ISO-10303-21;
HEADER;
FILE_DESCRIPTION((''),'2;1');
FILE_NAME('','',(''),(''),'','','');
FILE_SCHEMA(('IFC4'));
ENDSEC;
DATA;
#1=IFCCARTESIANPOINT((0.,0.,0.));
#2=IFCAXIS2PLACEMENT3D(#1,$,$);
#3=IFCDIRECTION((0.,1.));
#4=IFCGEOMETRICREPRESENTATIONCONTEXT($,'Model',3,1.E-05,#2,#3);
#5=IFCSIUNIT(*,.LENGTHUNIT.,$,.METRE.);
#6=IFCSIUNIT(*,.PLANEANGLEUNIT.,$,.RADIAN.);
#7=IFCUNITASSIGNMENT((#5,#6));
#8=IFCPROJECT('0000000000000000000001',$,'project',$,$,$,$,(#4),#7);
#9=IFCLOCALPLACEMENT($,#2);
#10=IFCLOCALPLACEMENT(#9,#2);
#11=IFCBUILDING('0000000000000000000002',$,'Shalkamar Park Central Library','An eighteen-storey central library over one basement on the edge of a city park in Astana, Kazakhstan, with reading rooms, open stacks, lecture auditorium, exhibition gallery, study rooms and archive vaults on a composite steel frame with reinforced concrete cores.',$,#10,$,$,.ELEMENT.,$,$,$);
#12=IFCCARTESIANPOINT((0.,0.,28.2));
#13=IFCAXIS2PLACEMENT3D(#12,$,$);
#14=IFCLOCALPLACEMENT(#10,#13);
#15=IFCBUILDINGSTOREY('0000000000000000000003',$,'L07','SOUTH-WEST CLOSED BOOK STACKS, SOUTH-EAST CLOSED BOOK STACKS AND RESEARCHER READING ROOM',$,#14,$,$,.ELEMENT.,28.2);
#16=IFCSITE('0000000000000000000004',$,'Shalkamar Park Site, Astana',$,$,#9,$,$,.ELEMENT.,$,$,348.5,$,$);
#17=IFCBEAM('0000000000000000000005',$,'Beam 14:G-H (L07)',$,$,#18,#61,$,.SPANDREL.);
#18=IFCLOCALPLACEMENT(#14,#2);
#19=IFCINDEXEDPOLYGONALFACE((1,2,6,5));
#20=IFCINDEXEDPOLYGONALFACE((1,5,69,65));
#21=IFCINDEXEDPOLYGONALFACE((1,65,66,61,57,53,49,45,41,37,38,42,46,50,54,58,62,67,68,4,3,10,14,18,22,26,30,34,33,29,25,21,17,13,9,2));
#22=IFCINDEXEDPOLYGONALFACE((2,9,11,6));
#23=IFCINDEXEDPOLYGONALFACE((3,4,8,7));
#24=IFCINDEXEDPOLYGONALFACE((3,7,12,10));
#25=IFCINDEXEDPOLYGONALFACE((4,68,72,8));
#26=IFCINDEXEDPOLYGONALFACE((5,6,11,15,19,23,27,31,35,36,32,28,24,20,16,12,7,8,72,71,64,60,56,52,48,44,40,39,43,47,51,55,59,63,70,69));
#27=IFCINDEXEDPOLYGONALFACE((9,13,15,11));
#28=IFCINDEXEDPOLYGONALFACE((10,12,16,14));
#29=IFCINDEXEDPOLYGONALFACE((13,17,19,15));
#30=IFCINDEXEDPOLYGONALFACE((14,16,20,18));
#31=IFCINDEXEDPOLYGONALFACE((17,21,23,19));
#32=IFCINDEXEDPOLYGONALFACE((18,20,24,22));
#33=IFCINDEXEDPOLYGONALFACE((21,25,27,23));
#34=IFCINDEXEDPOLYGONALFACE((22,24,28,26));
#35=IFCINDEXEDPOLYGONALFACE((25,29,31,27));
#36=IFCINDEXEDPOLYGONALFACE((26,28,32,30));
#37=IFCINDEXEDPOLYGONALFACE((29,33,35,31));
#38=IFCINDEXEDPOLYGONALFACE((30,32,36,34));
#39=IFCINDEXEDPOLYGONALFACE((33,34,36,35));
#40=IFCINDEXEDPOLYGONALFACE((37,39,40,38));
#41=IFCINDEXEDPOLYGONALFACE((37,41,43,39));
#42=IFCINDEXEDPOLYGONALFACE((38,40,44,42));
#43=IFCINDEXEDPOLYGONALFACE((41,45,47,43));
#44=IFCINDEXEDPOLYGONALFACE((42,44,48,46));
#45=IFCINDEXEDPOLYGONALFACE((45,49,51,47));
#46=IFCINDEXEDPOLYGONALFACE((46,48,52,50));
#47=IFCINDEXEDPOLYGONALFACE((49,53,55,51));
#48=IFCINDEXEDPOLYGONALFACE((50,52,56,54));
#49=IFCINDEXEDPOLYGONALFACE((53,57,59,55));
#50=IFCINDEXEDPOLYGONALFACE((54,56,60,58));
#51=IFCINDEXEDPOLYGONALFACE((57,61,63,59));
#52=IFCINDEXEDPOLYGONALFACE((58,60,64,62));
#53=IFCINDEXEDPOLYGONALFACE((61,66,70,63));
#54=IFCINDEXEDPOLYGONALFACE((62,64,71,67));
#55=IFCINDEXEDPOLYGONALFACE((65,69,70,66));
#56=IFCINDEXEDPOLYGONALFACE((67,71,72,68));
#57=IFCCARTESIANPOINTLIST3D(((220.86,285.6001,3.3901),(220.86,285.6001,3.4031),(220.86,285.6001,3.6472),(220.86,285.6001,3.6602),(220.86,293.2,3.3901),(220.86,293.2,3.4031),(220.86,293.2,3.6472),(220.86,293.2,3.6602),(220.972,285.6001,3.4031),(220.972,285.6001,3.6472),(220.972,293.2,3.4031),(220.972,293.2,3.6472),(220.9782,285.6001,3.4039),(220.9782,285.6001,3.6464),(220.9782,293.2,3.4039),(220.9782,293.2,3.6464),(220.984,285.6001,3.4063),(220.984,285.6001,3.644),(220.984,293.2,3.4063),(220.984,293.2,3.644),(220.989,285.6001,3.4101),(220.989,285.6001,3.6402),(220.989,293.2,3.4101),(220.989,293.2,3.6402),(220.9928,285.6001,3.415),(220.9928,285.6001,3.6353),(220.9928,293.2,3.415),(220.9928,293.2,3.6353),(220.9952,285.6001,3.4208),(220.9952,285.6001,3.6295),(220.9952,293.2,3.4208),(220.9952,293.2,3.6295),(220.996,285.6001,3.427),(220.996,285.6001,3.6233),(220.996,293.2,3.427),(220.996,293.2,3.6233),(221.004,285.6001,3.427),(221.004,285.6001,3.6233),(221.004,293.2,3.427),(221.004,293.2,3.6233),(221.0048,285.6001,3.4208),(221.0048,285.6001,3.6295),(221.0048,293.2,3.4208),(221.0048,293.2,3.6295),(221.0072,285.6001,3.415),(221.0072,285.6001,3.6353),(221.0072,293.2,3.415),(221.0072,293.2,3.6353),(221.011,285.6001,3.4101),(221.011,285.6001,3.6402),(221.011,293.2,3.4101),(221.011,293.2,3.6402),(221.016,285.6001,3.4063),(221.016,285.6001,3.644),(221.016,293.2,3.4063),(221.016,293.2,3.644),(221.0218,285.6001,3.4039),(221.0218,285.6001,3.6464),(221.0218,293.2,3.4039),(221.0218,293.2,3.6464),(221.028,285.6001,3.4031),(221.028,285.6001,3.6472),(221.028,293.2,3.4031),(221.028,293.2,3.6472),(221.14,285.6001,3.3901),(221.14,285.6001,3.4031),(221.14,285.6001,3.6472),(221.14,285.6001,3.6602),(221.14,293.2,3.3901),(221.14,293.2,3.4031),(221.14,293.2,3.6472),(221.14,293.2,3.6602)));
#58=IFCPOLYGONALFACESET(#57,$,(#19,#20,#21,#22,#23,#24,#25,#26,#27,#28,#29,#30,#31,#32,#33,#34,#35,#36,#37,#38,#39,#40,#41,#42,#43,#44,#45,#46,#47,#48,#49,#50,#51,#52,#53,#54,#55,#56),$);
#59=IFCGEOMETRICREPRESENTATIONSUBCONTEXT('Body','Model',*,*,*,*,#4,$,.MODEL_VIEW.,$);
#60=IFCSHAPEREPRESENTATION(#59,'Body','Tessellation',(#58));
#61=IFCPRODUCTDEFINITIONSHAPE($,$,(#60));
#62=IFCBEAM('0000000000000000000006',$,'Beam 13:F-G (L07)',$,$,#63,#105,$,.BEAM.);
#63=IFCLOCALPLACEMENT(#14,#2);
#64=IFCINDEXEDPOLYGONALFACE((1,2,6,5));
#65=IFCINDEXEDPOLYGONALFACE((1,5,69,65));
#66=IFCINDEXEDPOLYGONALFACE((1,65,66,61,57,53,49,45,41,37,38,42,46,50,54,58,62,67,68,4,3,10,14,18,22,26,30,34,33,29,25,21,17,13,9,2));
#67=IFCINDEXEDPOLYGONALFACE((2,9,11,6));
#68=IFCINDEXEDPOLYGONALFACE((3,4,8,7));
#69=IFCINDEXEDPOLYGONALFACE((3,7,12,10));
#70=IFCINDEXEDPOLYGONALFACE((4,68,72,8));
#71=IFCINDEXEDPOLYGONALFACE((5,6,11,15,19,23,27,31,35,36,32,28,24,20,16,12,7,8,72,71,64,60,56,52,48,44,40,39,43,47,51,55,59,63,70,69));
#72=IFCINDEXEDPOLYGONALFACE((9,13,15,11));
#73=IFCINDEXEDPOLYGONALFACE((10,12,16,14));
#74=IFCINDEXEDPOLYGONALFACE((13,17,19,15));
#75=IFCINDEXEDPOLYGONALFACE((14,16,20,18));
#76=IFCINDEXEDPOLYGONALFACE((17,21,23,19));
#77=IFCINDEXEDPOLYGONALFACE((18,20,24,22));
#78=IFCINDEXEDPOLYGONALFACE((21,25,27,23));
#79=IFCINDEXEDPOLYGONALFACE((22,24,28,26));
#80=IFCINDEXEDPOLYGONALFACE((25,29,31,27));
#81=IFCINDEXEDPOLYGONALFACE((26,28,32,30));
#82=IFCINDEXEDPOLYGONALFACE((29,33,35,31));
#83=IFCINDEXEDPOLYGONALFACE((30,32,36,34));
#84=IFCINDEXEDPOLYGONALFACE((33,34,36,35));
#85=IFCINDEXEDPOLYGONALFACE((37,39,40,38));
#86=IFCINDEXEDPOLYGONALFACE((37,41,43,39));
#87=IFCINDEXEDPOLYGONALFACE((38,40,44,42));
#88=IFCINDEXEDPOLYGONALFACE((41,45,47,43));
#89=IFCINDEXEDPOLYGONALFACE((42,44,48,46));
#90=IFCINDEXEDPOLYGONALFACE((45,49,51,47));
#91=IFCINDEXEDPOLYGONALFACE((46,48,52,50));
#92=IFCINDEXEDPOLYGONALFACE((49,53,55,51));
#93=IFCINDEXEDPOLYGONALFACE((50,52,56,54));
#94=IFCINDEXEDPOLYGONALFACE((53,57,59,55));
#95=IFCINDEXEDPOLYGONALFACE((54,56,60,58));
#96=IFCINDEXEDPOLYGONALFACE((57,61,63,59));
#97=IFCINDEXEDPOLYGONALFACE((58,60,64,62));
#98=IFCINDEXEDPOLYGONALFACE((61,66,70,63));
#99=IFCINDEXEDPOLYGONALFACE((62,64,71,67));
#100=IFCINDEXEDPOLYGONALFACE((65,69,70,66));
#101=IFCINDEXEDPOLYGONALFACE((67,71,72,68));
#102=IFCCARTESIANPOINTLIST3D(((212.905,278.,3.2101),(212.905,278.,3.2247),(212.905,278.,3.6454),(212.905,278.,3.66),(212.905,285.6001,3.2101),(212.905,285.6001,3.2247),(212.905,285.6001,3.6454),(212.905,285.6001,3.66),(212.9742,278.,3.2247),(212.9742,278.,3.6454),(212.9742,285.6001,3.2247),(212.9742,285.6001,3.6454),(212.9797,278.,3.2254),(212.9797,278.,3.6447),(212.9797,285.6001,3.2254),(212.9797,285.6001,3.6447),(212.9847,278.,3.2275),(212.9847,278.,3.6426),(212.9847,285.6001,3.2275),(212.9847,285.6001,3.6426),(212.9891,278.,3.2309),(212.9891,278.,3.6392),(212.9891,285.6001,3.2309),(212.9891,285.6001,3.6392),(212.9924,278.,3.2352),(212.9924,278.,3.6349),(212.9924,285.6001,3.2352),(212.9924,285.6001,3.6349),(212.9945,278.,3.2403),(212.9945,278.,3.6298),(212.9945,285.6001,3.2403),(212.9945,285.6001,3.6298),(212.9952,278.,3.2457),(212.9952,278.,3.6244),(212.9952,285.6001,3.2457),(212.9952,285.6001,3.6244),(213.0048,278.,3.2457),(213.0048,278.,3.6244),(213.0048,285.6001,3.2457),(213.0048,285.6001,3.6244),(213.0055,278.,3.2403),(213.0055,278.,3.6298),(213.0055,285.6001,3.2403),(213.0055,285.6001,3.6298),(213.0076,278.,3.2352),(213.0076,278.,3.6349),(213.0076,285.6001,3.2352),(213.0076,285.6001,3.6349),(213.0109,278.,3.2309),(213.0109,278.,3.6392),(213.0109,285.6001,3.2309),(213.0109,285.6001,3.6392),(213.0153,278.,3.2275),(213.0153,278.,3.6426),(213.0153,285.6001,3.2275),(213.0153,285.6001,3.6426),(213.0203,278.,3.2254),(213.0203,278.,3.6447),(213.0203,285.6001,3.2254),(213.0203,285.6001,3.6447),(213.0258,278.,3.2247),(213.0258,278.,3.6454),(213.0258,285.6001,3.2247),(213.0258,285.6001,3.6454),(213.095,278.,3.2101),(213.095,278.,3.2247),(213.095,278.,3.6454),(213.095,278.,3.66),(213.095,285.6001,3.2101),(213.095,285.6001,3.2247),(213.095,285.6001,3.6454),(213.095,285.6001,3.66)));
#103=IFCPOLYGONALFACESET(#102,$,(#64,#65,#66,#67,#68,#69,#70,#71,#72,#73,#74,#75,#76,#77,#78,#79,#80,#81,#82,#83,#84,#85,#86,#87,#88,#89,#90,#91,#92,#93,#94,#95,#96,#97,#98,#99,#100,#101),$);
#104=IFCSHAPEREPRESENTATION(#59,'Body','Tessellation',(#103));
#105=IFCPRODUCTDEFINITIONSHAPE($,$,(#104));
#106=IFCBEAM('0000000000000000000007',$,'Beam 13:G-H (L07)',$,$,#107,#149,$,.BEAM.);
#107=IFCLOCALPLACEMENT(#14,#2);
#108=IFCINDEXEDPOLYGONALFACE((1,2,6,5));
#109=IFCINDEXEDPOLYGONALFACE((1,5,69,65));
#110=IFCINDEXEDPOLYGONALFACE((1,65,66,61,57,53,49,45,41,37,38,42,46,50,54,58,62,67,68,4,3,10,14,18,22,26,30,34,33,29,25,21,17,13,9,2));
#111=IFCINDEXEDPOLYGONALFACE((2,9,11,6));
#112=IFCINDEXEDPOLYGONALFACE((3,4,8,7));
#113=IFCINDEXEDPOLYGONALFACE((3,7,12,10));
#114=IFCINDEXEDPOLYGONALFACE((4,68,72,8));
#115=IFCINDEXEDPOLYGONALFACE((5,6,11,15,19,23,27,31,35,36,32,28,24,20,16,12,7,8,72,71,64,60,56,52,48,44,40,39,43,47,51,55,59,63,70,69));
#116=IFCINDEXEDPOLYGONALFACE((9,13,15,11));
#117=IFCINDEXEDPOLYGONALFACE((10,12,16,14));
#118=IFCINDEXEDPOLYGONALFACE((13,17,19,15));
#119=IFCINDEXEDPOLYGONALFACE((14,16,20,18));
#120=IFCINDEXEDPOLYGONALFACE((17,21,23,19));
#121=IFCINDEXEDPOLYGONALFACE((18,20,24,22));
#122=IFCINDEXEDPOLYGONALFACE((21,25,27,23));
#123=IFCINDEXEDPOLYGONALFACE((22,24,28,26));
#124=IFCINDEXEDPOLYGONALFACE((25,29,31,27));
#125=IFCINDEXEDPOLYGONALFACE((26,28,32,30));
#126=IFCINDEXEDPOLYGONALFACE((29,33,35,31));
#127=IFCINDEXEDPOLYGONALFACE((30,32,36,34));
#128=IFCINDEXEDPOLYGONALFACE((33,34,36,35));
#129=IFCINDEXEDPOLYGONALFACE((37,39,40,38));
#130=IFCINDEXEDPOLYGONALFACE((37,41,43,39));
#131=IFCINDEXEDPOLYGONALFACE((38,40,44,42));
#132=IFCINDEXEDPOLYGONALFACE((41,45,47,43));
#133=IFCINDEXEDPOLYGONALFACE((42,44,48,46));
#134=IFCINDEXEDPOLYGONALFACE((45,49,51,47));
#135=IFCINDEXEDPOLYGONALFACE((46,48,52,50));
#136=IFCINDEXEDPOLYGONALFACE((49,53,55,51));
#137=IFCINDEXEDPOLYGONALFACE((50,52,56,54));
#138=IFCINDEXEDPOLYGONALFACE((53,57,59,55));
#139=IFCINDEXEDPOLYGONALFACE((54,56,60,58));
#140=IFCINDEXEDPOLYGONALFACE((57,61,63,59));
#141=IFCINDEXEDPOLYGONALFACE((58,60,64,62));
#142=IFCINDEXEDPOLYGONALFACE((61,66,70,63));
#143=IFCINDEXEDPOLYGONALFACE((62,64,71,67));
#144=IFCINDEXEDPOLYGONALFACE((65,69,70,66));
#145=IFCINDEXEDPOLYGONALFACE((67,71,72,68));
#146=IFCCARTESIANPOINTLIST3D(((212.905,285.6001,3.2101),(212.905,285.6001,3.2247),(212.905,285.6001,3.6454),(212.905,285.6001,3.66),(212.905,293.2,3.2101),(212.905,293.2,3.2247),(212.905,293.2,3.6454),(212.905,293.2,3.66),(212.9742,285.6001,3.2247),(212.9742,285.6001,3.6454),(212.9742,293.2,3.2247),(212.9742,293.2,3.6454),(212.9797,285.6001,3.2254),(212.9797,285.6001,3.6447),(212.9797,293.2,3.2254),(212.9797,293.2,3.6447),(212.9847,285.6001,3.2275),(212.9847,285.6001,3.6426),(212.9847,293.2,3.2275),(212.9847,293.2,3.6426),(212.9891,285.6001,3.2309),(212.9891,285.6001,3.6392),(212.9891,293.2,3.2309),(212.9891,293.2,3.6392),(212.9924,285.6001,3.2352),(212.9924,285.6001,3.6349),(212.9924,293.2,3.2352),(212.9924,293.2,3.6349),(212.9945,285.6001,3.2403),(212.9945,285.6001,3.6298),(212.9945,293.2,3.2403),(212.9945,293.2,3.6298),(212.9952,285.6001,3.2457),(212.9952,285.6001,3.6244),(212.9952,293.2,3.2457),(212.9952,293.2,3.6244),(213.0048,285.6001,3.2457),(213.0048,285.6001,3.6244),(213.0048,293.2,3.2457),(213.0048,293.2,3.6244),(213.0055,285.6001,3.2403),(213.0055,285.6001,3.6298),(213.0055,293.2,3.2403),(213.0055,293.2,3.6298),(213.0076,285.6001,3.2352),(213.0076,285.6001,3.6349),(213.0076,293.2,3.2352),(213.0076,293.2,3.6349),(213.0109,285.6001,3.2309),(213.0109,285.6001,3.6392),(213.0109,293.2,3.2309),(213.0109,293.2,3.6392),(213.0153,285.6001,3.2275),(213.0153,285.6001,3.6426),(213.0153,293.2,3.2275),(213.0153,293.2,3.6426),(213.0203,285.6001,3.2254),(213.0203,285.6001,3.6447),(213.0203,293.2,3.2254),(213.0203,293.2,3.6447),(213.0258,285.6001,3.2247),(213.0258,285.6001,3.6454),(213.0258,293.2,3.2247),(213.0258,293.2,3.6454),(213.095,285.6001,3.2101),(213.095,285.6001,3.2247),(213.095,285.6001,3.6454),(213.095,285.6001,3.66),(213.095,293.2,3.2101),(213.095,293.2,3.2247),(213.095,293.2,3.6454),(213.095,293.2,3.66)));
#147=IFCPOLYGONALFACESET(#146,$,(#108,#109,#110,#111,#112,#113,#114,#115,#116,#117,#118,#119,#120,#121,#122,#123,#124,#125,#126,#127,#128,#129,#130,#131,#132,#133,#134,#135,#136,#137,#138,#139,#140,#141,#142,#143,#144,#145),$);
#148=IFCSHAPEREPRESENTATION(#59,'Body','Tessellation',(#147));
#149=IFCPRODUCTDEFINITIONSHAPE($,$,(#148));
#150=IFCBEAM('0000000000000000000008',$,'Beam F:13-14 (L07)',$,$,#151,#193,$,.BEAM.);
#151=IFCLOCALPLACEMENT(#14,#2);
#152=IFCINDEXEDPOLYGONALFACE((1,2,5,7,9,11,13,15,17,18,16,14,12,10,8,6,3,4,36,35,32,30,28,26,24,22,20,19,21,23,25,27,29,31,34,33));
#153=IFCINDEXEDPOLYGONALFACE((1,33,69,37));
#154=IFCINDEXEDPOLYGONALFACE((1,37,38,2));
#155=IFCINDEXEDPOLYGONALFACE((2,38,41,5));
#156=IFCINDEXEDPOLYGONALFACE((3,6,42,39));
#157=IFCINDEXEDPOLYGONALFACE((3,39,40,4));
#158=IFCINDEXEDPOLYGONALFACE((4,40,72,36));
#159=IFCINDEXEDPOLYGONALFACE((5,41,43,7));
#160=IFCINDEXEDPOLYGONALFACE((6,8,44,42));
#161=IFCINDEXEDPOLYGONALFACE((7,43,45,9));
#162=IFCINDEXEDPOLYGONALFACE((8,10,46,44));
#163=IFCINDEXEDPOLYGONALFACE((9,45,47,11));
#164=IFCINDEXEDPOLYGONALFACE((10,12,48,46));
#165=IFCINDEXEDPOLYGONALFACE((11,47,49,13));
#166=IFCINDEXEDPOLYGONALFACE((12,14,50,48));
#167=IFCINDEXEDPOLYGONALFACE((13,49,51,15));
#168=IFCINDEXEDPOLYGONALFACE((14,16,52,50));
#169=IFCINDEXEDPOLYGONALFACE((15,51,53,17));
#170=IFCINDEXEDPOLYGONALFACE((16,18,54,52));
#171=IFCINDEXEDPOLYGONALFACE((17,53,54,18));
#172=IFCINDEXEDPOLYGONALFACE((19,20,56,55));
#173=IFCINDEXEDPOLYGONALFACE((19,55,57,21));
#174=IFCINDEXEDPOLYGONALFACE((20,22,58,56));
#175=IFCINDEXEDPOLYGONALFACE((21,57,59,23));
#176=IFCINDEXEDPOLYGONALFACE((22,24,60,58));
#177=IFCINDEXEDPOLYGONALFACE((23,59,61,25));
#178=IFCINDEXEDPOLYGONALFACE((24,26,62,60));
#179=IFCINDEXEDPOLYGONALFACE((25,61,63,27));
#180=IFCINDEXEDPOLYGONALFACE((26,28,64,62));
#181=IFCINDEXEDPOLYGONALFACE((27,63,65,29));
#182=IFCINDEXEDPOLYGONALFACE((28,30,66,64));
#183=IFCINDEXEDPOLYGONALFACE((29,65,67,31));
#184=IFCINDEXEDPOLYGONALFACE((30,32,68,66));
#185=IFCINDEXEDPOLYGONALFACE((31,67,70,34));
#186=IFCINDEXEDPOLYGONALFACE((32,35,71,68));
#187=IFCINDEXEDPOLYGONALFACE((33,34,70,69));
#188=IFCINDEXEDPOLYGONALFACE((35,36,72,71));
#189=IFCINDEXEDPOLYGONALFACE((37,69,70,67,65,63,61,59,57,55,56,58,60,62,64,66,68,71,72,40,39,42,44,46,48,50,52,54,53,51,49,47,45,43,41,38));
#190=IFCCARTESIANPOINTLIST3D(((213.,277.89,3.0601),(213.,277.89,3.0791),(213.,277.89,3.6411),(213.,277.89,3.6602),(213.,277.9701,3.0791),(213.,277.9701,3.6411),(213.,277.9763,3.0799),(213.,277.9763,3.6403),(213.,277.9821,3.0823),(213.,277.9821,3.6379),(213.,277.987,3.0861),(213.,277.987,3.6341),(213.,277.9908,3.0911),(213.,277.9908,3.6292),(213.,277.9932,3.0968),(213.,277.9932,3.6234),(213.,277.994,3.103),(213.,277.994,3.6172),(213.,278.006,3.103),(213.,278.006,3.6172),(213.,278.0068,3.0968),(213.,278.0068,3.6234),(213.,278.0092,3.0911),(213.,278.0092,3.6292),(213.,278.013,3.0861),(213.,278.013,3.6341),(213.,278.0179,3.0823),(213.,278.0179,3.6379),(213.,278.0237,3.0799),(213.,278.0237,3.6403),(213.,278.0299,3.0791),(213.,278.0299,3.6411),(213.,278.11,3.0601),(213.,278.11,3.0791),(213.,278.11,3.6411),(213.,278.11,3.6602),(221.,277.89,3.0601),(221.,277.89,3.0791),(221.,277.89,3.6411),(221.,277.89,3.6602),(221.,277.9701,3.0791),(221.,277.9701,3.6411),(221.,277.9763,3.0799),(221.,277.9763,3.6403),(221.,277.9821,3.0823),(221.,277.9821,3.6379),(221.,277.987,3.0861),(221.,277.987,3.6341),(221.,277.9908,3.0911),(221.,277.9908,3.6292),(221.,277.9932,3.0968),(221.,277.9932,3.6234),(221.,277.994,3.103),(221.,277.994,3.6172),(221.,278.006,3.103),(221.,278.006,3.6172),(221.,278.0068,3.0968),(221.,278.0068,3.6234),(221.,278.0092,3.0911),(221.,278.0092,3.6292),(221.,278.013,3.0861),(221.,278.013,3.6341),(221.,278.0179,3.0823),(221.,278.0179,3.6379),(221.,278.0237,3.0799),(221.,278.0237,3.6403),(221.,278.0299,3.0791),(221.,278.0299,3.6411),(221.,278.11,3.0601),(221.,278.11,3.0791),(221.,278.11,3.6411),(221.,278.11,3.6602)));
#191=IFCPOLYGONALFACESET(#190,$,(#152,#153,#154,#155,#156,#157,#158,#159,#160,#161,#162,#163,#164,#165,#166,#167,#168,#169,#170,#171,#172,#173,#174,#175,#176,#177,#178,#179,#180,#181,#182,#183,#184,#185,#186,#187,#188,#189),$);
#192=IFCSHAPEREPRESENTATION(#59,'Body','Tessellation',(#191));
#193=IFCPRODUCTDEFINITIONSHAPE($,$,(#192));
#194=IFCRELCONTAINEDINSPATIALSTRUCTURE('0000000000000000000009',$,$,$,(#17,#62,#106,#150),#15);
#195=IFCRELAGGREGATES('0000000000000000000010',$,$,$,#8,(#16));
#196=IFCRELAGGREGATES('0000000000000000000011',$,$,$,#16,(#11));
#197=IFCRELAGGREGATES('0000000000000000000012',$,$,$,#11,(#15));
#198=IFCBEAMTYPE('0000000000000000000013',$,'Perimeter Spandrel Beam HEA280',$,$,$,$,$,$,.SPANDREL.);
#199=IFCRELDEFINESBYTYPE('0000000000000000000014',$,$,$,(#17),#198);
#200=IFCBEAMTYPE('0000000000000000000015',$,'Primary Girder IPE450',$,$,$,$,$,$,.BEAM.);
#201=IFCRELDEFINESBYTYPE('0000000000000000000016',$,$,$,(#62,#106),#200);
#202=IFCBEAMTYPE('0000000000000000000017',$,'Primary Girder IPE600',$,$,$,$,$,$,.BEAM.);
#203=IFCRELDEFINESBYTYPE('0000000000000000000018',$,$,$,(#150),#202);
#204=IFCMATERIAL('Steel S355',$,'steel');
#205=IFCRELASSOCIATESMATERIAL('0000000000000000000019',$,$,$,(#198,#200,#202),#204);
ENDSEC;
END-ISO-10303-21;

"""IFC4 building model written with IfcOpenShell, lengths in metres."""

from ifc_helpers import new_model, si_unit, direction, frame, origin, origin_2d, place, context, subcontext, project, spatial, i_section, extrude, material, material_profile, profile_set, type_object, element, save


model = new_model("IFC4")

# Units and contexts
model_context = context("Model", 3, precision=1e-05, world=origin(), true_north=direction((0.0, 1.0)))
body_context = subcontext(model_context, "Body", "Model", "MODEL_VIEW")
ifc_project = project(units=[si_unit("LENGTHUNIT", "METRE"), si_unit("PLANEANGLEUNIT", "RADIAN")], contexts=[model_context])

# Site, building, storey
site_placement = place(None, origin())
site = spatial("IfcSite", under=ifc_project, at=site_placement, Name="Shalkamar Park Site, Astana", CompositionType="ELEMENT", RefElevation=348.5)
building_placement = place(site_placement, origin())
building = spatial("IfcBuilding", under=site, at=building_placement, Name="Shalkamar Park Central Library", Description="An eighteen-storey central library over one basement on the edge of a city park in Astana, Kazakhstan, with reading rooms, open stacks, lecture auditorium, exhibition gallery, study rooms and archive vaults on a composite steel frame with reinforced concrete cores.", CompositionType="ELEMENT")
storey_placement = place(building_placement, frame((0.0, 0.0, 28.2)))
storey = spatial("IfcBuildingStorey", under=building, at=storey_placement, Name="L07", Description="SOUTH-WEST CLOSED BOOK STACKS, SOUTH-EAST CLOSED BOOK STACKS AND RESEARCHER READING ROOM", CompositionType="ELEMENT", Elevation=28.2)

# Shared definitions
ifc_material_1 = material(Name="Steel S355", Category="steel")

# Beams
ifc_material_profile_1 = material_profile(ifc_material_1, i_section(OverallWidth=0.28, OverallDepth=0.27, WebThickness=0.0081, FlangeThickness=0.0129, FilletRadius=0.0239, at=origin_2d()), Name="HEA 280")
ifc_profile_set_1 = profile_set([ifc_material_profile_1], Name="Steel S355")
beam_type_1 = type_object("IfcBeamType", Name="Perimeter Spandrel Beam HEA280", PredefinedType="SPANDREL", material=ifc_profile_set_1)
beam_1_placement = place(storey_placement, frame((221.0, 285.6001, 3.5251), z_axis=(0.0, 1.0, 0.0), x_axis=(-1.0, 0.0, 0.0)))
element("IfcBeam", 1, at=beam_1_placement, inside=storey, type_object=beam_type_1, Name="Beam 14:G-H (L07)", PredefinedType="SPANDREL", context=body_context, shape_type="SweptSolid", body=[
    extrude(i_section(OverallWidth=0.28, OverallDepth=0.27, WebThickness=0.0081, FlangeThickness=0.0129, FilletRadius=0.0239, at=origin_2d()), origin(), (0.0, 0.0, 1.0), 7.5999),
])
ifc_material_profile_2 = material_profile(ifc_material_1, i_section(OverallWidth=0.1899, OverallDepth=0.45, WebThickness=0.0095, FlangeThickness=0.0146, FilletRadius=0.021, at=origin_2d()), Name="IPE 450")
ifc_profile_set_2 = profile_set([ifc_material_profile_2], Name="Steel S355")
beam_type_2 = type_object("IfcBeamType", Name="Primary Girder IPE450", PredefinedType="BEAM", material=ifc_profile_set_2)
beam_2_placement = place(storey_placement, frame((213.0, 278.0, 3.4351), z_axis=(0.0, 1.0, 0.0), x_axis=(-1.0, 0.0, 0.0)))
element("IfcBeam", 2, at=beam_2_placement, inside=storey, type_object=beam_type_2, Name="Beam 13:F-G (L07)", PredefinedType="BEAM", context=body_context, shape_type="SweptSolid", body=[
    extrude(i_section(OverallWidth=0.1899, OverallDepth=0.45, WebThickness=0.0095, FlangeThickness=0.0146, FilletRadius=0.021, at=origin_2d()), origin(), (0.0, 0.0, 1.0), 7.6001),
])
beam_3_placement = place(storey_placement, frame((213.0, 285.6001, 3.4351), z_axis=(0.0, 1.0, 0.0), x_axis=(-1.0, 0.0, 0.0)))
element("IfcBeam", 3, at=beam_3_placement, inside=storey, type_object=beam_type_2, Name="Beam 13:G-H (L07)", PredefinedType="BEAM", context=body_context, shape_type="SweptSolid", body=[
    extrude(i_section(OverallWidth=0.1899, OverallDepth=0.45, WebThickness=0.0095, FlangeThickness=0.0146, FilletRadius=0.021, at=origin_2d()), origin(), (0.0, 0.0, 1.0), 7.5999),
])
ifc_material_profile_3 = material_profile(ifc_material_1, i_section(OverallWidth=0.22, OverallDepth=0.6001, WebThickness=0.012, FlangeThickness=0.019, FilletRadius=0.0239, at=origin_2d()), Name="IPE 600")
ifc_profile_set_3 = profile_set([ifc_material_profile_3], Name="Steel S355")
beam_type_3 = type_object("IfcBeamType", Name="Primary Girder IPE600", PredefinedType="BEAM", material=ifc_profile_set_3)
for number, where, z_axis, x_axis, name in (
    (4, (213.0, 278.0, 3.3601), (1.0, 0.0, 0.0), (0.0, 1.0, 0.0), "Beam F:13-14 (L07)"),
):
    element("IfcBeam", number, at=place(storey_placement, frame(where, z_axis=z_axis, x_axis=x_axis)), inside=storey, type_object=beam_type_3, Name=name, PredefinedType="BEAM", context=body_context, shape_type="SweptSolid", body=[
        extrude(i_section(OverallWidth=0.22, OverallDepth=0.6001, WebThickness=0.012, FlangeThickness=0.019, FilletRadius=0.0239, at=origin_2d()), origin(), (0.0, 0.0, 1.0), 8.0),
    ])

save(model, "model.ifc")
